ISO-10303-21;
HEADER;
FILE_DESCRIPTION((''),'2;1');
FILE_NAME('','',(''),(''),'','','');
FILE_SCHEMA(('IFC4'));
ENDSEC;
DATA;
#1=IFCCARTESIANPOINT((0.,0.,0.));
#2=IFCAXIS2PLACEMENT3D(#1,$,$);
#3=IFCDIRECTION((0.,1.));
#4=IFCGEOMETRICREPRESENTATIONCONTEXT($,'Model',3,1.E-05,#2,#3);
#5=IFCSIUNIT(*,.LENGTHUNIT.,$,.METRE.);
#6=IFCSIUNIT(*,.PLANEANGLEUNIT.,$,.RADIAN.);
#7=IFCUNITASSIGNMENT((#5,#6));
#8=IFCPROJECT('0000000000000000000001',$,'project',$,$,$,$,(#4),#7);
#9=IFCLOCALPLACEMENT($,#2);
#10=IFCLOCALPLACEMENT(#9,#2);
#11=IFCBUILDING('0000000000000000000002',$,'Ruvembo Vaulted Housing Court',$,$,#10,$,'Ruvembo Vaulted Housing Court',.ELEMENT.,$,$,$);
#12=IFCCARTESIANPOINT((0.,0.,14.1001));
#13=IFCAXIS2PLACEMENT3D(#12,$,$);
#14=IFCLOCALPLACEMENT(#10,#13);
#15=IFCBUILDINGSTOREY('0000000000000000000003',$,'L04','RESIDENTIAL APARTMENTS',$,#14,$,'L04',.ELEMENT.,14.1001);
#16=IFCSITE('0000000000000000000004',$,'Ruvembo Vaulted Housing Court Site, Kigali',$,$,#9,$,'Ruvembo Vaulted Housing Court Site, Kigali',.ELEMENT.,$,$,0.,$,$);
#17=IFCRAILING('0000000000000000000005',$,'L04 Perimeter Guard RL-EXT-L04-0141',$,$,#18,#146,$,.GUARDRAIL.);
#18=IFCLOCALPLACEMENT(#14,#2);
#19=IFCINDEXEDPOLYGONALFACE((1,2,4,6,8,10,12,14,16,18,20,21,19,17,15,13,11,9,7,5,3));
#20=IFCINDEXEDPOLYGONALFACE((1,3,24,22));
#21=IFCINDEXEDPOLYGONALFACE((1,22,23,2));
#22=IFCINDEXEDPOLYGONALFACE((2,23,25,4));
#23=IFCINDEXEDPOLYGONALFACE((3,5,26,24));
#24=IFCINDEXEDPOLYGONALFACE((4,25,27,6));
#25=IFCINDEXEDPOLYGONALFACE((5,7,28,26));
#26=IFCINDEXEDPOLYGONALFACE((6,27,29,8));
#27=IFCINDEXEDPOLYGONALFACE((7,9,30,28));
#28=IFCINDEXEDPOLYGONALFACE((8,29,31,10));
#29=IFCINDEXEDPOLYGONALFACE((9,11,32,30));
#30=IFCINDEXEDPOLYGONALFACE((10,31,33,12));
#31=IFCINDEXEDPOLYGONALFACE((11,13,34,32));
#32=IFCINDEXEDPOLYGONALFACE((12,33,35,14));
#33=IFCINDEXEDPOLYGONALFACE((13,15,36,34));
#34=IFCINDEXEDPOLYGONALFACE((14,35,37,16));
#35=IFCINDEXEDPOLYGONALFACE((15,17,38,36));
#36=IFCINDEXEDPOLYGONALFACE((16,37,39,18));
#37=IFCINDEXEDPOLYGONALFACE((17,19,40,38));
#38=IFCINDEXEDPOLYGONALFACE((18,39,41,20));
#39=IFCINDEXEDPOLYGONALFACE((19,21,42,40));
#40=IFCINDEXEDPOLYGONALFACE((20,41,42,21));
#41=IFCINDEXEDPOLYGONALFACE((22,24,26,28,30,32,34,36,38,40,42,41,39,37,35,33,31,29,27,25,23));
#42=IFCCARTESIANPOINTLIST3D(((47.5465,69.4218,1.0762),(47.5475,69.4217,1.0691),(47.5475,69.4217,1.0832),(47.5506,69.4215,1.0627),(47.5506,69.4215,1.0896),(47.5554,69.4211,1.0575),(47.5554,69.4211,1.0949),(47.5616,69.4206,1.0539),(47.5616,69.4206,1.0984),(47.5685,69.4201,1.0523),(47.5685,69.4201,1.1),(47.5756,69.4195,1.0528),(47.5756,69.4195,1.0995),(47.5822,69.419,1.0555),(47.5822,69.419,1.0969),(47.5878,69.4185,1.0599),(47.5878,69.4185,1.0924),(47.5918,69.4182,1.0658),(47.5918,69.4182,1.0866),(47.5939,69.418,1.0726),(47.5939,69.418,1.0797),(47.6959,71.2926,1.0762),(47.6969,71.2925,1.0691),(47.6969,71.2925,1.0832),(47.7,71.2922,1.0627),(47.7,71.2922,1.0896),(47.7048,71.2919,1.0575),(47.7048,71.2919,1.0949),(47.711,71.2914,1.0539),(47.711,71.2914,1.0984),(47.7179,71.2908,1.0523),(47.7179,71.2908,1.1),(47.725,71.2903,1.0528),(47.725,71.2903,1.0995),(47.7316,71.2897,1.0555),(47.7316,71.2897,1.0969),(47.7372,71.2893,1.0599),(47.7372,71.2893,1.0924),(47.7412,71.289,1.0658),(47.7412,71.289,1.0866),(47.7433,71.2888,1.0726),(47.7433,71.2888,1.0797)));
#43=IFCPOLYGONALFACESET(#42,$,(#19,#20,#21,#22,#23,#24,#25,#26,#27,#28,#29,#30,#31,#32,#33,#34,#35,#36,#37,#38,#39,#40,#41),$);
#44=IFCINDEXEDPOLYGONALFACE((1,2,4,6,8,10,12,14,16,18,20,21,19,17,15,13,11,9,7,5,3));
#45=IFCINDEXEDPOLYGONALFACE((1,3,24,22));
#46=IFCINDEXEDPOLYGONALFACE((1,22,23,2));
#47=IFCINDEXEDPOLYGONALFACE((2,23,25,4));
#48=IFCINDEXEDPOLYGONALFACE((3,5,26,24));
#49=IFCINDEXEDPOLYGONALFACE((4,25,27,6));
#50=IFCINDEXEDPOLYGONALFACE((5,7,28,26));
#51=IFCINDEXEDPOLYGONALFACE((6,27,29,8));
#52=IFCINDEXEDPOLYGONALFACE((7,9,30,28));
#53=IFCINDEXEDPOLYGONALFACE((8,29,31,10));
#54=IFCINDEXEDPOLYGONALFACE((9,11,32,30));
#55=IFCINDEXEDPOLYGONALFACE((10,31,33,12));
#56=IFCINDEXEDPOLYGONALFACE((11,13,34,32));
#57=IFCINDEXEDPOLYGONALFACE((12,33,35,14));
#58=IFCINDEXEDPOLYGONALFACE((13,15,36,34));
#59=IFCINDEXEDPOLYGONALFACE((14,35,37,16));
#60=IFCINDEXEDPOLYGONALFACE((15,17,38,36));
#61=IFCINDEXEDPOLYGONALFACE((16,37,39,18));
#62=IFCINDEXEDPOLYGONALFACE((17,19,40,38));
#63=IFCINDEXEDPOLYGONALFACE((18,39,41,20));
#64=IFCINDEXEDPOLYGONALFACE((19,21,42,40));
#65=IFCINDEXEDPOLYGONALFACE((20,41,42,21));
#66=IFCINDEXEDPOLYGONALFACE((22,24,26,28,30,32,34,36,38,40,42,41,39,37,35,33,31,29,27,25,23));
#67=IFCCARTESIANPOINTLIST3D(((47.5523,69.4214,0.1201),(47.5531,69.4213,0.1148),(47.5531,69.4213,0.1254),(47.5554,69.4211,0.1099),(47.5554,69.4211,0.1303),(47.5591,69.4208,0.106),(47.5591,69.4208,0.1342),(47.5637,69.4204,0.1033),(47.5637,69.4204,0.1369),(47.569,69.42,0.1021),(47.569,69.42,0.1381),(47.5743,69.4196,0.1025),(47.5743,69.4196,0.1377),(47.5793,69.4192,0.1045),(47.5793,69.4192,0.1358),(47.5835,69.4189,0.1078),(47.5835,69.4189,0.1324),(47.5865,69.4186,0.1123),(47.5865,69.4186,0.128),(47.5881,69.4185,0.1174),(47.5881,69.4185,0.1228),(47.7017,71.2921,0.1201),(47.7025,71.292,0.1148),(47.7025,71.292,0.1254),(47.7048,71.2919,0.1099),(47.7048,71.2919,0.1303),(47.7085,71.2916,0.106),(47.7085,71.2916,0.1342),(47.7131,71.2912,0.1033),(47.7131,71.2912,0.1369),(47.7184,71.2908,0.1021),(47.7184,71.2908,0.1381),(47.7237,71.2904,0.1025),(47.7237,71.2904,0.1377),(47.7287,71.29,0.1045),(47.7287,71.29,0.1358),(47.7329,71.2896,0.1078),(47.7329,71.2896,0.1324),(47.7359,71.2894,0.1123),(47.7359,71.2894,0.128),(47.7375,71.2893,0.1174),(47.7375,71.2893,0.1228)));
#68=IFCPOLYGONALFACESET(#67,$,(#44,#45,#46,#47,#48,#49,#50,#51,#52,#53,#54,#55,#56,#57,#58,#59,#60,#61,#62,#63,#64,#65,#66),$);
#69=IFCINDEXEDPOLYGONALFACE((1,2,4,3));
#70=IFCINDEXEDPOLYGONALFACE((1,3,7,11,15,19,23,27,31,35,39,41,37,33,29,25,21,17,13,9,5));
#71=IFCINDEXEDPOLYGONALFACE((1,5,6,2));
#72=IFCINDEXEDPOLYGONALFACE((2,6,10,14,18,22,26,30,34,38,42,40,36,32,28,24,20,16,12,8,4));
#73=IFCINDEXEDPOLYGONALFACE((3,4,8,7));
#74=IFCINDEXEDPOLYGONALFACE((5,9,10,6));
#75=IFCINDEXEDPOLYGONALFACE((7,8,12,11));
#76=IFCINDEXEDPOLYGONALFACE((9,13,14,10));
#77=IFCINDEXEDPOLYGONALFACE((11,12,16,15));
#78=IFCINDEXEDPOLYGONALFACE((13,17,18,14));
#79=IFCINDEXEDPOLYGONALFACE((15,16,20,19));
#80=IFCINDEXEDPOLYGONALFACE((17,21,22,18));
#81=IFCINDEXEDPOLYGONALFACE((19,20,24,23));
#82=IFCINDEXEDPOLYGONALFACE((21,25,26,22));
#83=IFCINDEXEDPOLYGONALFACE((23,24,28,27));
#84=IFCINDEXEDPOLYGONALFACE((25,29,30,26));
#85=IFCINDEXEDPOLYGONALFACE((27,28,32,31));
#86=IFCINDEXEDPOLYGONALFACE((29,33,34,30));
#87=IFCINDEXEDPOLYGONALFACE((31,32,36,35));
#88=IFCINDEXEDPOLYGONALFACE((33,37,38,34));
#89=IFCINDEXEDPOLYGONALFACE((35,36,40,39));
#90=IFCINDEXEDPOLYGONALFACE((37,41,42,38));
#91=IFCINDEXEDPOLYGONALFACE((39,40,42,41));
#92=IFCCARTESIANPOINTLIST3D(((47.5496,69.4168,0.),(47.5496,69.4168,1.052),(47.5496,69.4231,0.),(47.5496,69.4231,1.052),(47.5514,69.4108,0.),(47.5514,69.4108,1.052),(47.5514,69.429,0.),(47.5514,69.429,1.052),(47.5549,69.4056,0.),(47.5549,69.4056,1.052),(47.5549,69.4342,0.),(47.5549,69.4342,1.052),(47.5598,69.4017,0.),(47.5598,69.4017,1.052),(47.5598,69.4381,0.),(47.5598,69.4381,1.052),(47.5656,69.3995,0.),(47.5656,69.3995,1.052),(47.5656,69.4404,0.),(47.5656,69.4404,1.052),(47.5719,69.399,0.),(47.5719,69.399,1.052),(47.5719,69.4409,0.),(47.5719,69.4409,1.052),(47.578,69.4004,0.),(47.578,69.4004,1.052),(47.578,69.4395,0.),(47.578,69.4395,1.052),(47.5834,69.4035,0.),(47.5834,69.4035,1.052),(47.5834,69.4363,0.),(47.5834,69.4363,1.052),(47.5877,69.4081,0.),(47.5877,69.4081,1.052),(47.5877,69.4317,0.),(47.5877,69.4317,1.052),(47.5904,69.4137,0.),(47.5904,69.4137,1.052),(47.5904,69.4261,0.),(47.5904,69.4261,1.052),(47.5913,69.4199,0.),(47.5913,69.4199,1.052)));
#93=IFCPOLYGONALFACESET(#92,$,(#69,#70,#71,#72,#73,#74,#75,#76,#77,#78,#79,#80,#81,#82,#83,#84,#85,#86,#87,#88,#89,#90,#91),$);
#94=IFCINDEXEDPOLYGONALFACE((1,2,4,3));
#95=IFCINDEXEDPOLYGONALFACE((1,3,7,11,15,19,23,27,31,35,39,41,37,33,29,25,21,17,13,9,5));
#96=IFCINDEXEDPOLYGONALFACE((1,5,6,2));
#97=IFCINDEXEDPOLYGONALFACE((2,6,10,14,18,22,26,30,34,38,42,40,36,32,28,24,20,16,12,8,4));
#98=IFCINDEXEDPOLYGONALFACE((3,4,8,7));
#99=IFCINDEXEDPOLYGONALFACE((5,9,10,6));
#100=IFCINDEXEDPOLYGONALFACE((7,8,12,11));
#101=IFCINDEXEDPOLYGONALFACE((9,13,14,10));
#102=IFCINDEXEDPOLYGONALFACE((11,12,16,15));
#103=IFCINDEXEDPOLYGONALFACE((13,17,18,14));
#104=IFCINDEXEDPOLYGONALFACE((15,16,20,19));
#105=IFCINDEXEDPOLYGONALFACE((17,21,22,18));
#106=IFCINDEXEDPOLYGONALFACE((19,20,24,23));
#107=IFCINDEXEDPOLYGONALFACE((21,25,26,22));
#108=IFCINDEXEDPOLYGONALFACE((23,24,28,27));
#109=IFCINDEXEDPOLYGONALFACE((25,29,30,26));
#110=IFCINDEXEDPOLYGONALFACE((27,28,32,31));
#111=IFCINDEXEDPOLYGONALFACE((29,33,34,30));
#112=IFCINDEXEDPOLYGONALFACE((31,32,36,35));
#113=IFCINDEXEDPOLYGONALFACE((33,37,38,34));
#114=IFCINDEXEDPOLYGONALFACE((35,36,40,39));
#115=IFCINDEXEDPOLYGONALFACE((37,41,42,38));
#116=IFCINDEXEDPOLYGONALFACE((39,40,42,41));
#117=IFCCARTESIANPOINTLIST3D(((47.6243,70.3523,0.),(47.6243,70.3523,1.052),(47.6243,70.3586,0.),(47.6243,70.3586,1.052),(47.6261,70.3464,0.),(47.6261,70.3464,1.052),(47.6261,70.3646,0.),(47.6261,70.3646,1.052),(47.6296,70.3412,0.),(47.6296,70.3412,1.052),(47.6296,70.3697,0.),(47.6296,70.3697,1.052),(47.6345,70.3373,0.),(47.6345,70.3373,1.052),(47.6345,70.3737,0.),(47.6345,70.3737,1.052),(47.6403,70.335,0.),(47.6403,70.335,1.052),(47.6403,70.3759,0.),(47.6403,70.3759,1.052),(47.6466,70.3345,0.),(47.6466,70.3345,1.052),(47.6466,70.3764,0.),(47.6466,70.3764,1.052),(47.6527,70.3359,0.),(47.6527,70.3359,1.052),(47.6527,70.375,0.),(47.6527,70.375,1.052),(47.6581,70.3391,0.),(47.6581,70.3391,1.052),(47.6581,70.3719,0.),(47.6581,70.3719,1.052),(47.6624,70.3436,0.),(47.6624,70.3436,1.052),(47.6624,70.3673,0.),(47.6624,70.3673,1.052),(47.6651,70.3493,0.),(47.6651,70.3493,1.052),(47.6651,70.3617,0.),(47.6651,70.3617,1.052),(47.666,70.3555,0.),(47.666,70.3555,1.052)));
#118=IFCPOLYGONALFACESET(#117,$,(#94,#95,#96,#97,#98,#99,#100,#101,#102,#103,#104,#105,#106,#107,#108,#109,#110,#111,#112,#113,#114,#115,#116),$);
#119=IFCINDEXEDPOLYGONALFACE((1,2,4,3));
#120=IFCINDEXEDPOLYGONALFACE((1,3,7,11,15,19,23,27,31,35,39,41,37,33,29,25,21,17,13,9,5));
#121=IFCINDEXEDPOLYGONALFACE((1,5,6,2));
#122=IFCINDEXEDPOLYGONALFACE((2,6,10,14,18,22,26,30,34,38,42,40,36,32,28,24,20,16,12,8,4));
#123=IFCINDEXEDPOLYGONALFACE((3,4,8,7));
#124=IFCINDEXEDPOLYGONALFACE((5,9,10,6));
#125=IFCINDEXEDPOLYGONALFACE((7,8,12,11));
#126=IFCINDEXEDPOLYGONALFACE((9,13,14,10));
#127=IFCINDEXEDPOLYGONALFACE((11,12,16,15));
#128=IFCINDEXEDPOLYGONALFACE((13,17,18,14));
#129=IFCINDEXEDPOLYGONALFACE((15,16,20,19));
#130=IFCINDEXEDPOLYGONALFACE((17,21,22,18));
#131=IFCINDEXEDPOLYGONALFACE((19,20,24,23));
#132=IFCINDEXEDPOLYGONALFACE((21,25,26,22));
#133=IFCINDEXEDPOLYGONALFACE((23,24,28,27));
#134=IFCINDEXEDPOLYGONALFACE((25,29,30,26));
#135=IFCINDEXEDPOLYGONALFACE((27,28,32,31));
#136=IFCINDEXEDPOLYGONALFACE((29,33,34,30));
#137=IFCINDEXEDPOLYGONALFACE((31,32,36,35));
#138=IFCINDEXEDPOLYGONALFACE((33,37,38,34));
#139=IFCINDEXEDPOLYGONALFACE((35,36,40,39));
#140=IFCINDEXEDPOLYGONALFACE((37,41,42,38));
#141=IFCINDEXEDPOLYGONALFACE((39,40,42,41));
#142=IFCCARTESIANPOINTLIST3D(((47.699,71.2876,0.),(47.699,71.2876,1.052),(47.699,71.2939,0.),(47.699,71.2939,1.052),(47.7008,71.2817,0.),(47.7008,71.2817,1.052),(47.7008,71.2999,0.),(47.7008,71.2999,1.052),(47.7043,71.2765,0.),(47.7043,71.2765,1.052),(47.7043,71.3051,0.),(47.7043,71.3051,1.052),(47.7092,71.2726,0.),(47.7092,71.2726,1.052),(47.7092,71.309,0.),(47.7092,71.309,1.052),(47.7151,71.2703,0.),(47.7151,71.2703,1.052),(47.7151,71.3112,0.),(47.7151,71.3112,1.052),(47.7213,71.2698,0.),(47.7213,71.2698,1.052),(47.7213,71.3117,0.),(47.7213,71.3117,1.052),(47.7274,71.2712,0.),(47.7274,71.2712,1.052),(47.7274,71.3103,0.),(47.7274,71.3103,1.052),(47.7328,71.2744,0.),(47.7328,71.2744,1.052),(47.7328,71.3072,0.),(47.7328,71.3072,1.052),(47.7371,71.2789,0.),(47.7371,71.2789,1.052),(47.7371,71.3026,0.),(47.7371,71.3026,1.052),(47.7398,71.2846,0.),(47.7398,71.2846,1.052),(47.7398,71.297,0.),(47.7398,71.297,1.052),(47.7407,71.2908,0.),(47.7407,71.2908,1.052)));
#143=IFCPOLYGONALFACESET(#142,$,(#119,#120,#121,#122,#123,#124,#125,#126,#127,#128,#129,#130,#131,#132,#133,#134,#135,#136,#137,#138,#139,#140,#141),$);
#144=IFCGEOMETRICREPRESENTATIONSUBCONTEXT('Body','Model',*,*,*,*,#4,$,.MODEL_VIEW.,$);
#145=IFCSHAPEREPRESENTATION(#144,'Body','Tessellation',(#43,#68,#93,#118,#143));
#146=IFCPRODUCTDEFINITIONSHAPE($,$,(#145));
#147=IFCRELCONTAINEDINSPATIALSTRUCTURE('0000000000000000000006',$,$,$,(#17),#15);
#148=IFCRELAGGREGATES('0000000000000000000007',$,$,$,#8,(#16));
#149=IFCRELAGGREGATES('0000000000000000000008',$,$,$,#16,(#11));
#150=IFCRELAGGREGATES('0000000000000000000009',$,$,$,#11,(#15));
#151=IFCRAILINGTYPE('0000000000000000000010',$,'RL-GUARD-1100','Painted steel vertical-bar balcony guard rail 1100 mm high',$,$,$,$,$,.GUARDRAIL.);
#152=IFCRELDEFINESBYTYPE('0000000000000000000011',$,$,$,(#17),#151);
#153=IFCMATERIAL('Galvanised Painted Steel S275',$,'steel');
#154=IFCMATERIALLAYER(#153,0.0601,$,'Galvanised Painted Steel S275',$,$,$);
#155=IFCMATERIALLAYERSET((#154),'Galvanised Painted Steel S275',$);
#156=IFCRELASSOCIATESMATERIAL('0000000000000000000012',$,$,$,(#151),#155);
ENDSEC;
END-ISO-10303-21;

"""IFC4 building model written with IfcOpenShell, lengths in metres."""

from ifc_helpers import new_model, si_unit, direction, frame, origin, origin_2d, place, context, subcontext, project, spatial, circle, extrude, material, layer, layer_set, type_object, element, save


model = new_model("IFC4")

# Units and contexts
model_context = context("Model", 3, precision=1e-05, world=origin(), true_north=direction((0.0, 1.0)))
body_context = subcontext(model_context, "Body", "Model", "MODEL_VIEW")
ifc_project = project(units=[si_unit("LENGTHUNIT", "METRE"), si_unit("PLANEANGLEUNIT", "RADIAN")], contexts=[model_context])

# Site, building, storey
site_placement = place(None, origin())
site = spatial("IfcSite", under=ifc_project, at=site_placement, Name="Ruvembo Vaulted Housing Court Site, Kigali", LongName="Ruvembo Vaulted Housing Court Site, Kigali", CompositionType="ELEMENT", RefElevation=0.0)
building_placement = place(site_placement, origin())
building = spatial("IfcBuilding", under=site, at=building_placement, Name="Ruvembo Vaulted Housing Court", LongName="Ruvembo Vaulted Housing Court", CompositionType="ELEMENT")
storey_placement = place(building_placement, frame((0.0, 0.0, 14.1001)))
storey = spatial("IfcBuildingStorey", under=building, at=storey_placement, Name="L04", Description="RESIDENTIAL APARTMENTS", LongName="L04", CompositionType="ELEMENT", Elevation=14.1001)

# Railing
ifc_material_1 = material(Name="Galvanised Painted Steel S275", Category="steel")
ifc_layer = layer(ifc_material_1, 0.0601, Name="Galvanised Painted Steel S275")
ifc_layer_set = layer_set([ifc_layer], Name="Galvanised Painted Steel S275")
railing_type = type_object("IfcRailingType", Name="RL-GUARD-1100", Description="Painted steel vertical-bar balcony guard rail 1100 mm high", PredefinedType="GUARDRAIL", material=ifc_layer_set)
railing_1_placement = place(storey_placement, frame((47.5703, 69.4199, 0.0)))
element("IfcRailing", 1, at=railing_1_placement, inside=storey, type_object=railing_type, Name="L04 Perimeter Guard RL-EXT-L04-0141", PredefinedType="GUARDRAIL", context=body_context, shape_type="SweptSolid", body=[
    extrude(circle(Radius=0.0239, at=origin_2d()), frame((0.0, 0.0, 1.0762), z_axis=(0.079611, 0.996826, 0.0), x_axis=(-0.996826, 0.079611, 0.0)), (0.0, 0.0, 1.0), 1.8767),
    extrude(circle(Radius=0.0181, at=origin_2d()), frame((0.0, 0.0, 0.1201), z_axis=(0.079611, 0.996826, 0.0), x_axis=(-0.996826, 0.079611, 0.0)), (0.0, 0.0, 1.0), 1.8767),
    extrude(circle(Radius=0.021, at=origin_2d()), origin(), (0.0, 0.0, 1.0), 1.052),
    extrude(circle(Radius=0.021, at=origin_2d()), frame((0.0747, 0.9355, 0.0)), (0.0, 0.0, 1.0), 1.052),
    extrude(circle(Radius=0.021, at=origin_2d()), frame((0.1494, 1.8708, 0.0)), (0.0, 0.0, 1.0), 1.052),
])

save(model, "model.ifc")
